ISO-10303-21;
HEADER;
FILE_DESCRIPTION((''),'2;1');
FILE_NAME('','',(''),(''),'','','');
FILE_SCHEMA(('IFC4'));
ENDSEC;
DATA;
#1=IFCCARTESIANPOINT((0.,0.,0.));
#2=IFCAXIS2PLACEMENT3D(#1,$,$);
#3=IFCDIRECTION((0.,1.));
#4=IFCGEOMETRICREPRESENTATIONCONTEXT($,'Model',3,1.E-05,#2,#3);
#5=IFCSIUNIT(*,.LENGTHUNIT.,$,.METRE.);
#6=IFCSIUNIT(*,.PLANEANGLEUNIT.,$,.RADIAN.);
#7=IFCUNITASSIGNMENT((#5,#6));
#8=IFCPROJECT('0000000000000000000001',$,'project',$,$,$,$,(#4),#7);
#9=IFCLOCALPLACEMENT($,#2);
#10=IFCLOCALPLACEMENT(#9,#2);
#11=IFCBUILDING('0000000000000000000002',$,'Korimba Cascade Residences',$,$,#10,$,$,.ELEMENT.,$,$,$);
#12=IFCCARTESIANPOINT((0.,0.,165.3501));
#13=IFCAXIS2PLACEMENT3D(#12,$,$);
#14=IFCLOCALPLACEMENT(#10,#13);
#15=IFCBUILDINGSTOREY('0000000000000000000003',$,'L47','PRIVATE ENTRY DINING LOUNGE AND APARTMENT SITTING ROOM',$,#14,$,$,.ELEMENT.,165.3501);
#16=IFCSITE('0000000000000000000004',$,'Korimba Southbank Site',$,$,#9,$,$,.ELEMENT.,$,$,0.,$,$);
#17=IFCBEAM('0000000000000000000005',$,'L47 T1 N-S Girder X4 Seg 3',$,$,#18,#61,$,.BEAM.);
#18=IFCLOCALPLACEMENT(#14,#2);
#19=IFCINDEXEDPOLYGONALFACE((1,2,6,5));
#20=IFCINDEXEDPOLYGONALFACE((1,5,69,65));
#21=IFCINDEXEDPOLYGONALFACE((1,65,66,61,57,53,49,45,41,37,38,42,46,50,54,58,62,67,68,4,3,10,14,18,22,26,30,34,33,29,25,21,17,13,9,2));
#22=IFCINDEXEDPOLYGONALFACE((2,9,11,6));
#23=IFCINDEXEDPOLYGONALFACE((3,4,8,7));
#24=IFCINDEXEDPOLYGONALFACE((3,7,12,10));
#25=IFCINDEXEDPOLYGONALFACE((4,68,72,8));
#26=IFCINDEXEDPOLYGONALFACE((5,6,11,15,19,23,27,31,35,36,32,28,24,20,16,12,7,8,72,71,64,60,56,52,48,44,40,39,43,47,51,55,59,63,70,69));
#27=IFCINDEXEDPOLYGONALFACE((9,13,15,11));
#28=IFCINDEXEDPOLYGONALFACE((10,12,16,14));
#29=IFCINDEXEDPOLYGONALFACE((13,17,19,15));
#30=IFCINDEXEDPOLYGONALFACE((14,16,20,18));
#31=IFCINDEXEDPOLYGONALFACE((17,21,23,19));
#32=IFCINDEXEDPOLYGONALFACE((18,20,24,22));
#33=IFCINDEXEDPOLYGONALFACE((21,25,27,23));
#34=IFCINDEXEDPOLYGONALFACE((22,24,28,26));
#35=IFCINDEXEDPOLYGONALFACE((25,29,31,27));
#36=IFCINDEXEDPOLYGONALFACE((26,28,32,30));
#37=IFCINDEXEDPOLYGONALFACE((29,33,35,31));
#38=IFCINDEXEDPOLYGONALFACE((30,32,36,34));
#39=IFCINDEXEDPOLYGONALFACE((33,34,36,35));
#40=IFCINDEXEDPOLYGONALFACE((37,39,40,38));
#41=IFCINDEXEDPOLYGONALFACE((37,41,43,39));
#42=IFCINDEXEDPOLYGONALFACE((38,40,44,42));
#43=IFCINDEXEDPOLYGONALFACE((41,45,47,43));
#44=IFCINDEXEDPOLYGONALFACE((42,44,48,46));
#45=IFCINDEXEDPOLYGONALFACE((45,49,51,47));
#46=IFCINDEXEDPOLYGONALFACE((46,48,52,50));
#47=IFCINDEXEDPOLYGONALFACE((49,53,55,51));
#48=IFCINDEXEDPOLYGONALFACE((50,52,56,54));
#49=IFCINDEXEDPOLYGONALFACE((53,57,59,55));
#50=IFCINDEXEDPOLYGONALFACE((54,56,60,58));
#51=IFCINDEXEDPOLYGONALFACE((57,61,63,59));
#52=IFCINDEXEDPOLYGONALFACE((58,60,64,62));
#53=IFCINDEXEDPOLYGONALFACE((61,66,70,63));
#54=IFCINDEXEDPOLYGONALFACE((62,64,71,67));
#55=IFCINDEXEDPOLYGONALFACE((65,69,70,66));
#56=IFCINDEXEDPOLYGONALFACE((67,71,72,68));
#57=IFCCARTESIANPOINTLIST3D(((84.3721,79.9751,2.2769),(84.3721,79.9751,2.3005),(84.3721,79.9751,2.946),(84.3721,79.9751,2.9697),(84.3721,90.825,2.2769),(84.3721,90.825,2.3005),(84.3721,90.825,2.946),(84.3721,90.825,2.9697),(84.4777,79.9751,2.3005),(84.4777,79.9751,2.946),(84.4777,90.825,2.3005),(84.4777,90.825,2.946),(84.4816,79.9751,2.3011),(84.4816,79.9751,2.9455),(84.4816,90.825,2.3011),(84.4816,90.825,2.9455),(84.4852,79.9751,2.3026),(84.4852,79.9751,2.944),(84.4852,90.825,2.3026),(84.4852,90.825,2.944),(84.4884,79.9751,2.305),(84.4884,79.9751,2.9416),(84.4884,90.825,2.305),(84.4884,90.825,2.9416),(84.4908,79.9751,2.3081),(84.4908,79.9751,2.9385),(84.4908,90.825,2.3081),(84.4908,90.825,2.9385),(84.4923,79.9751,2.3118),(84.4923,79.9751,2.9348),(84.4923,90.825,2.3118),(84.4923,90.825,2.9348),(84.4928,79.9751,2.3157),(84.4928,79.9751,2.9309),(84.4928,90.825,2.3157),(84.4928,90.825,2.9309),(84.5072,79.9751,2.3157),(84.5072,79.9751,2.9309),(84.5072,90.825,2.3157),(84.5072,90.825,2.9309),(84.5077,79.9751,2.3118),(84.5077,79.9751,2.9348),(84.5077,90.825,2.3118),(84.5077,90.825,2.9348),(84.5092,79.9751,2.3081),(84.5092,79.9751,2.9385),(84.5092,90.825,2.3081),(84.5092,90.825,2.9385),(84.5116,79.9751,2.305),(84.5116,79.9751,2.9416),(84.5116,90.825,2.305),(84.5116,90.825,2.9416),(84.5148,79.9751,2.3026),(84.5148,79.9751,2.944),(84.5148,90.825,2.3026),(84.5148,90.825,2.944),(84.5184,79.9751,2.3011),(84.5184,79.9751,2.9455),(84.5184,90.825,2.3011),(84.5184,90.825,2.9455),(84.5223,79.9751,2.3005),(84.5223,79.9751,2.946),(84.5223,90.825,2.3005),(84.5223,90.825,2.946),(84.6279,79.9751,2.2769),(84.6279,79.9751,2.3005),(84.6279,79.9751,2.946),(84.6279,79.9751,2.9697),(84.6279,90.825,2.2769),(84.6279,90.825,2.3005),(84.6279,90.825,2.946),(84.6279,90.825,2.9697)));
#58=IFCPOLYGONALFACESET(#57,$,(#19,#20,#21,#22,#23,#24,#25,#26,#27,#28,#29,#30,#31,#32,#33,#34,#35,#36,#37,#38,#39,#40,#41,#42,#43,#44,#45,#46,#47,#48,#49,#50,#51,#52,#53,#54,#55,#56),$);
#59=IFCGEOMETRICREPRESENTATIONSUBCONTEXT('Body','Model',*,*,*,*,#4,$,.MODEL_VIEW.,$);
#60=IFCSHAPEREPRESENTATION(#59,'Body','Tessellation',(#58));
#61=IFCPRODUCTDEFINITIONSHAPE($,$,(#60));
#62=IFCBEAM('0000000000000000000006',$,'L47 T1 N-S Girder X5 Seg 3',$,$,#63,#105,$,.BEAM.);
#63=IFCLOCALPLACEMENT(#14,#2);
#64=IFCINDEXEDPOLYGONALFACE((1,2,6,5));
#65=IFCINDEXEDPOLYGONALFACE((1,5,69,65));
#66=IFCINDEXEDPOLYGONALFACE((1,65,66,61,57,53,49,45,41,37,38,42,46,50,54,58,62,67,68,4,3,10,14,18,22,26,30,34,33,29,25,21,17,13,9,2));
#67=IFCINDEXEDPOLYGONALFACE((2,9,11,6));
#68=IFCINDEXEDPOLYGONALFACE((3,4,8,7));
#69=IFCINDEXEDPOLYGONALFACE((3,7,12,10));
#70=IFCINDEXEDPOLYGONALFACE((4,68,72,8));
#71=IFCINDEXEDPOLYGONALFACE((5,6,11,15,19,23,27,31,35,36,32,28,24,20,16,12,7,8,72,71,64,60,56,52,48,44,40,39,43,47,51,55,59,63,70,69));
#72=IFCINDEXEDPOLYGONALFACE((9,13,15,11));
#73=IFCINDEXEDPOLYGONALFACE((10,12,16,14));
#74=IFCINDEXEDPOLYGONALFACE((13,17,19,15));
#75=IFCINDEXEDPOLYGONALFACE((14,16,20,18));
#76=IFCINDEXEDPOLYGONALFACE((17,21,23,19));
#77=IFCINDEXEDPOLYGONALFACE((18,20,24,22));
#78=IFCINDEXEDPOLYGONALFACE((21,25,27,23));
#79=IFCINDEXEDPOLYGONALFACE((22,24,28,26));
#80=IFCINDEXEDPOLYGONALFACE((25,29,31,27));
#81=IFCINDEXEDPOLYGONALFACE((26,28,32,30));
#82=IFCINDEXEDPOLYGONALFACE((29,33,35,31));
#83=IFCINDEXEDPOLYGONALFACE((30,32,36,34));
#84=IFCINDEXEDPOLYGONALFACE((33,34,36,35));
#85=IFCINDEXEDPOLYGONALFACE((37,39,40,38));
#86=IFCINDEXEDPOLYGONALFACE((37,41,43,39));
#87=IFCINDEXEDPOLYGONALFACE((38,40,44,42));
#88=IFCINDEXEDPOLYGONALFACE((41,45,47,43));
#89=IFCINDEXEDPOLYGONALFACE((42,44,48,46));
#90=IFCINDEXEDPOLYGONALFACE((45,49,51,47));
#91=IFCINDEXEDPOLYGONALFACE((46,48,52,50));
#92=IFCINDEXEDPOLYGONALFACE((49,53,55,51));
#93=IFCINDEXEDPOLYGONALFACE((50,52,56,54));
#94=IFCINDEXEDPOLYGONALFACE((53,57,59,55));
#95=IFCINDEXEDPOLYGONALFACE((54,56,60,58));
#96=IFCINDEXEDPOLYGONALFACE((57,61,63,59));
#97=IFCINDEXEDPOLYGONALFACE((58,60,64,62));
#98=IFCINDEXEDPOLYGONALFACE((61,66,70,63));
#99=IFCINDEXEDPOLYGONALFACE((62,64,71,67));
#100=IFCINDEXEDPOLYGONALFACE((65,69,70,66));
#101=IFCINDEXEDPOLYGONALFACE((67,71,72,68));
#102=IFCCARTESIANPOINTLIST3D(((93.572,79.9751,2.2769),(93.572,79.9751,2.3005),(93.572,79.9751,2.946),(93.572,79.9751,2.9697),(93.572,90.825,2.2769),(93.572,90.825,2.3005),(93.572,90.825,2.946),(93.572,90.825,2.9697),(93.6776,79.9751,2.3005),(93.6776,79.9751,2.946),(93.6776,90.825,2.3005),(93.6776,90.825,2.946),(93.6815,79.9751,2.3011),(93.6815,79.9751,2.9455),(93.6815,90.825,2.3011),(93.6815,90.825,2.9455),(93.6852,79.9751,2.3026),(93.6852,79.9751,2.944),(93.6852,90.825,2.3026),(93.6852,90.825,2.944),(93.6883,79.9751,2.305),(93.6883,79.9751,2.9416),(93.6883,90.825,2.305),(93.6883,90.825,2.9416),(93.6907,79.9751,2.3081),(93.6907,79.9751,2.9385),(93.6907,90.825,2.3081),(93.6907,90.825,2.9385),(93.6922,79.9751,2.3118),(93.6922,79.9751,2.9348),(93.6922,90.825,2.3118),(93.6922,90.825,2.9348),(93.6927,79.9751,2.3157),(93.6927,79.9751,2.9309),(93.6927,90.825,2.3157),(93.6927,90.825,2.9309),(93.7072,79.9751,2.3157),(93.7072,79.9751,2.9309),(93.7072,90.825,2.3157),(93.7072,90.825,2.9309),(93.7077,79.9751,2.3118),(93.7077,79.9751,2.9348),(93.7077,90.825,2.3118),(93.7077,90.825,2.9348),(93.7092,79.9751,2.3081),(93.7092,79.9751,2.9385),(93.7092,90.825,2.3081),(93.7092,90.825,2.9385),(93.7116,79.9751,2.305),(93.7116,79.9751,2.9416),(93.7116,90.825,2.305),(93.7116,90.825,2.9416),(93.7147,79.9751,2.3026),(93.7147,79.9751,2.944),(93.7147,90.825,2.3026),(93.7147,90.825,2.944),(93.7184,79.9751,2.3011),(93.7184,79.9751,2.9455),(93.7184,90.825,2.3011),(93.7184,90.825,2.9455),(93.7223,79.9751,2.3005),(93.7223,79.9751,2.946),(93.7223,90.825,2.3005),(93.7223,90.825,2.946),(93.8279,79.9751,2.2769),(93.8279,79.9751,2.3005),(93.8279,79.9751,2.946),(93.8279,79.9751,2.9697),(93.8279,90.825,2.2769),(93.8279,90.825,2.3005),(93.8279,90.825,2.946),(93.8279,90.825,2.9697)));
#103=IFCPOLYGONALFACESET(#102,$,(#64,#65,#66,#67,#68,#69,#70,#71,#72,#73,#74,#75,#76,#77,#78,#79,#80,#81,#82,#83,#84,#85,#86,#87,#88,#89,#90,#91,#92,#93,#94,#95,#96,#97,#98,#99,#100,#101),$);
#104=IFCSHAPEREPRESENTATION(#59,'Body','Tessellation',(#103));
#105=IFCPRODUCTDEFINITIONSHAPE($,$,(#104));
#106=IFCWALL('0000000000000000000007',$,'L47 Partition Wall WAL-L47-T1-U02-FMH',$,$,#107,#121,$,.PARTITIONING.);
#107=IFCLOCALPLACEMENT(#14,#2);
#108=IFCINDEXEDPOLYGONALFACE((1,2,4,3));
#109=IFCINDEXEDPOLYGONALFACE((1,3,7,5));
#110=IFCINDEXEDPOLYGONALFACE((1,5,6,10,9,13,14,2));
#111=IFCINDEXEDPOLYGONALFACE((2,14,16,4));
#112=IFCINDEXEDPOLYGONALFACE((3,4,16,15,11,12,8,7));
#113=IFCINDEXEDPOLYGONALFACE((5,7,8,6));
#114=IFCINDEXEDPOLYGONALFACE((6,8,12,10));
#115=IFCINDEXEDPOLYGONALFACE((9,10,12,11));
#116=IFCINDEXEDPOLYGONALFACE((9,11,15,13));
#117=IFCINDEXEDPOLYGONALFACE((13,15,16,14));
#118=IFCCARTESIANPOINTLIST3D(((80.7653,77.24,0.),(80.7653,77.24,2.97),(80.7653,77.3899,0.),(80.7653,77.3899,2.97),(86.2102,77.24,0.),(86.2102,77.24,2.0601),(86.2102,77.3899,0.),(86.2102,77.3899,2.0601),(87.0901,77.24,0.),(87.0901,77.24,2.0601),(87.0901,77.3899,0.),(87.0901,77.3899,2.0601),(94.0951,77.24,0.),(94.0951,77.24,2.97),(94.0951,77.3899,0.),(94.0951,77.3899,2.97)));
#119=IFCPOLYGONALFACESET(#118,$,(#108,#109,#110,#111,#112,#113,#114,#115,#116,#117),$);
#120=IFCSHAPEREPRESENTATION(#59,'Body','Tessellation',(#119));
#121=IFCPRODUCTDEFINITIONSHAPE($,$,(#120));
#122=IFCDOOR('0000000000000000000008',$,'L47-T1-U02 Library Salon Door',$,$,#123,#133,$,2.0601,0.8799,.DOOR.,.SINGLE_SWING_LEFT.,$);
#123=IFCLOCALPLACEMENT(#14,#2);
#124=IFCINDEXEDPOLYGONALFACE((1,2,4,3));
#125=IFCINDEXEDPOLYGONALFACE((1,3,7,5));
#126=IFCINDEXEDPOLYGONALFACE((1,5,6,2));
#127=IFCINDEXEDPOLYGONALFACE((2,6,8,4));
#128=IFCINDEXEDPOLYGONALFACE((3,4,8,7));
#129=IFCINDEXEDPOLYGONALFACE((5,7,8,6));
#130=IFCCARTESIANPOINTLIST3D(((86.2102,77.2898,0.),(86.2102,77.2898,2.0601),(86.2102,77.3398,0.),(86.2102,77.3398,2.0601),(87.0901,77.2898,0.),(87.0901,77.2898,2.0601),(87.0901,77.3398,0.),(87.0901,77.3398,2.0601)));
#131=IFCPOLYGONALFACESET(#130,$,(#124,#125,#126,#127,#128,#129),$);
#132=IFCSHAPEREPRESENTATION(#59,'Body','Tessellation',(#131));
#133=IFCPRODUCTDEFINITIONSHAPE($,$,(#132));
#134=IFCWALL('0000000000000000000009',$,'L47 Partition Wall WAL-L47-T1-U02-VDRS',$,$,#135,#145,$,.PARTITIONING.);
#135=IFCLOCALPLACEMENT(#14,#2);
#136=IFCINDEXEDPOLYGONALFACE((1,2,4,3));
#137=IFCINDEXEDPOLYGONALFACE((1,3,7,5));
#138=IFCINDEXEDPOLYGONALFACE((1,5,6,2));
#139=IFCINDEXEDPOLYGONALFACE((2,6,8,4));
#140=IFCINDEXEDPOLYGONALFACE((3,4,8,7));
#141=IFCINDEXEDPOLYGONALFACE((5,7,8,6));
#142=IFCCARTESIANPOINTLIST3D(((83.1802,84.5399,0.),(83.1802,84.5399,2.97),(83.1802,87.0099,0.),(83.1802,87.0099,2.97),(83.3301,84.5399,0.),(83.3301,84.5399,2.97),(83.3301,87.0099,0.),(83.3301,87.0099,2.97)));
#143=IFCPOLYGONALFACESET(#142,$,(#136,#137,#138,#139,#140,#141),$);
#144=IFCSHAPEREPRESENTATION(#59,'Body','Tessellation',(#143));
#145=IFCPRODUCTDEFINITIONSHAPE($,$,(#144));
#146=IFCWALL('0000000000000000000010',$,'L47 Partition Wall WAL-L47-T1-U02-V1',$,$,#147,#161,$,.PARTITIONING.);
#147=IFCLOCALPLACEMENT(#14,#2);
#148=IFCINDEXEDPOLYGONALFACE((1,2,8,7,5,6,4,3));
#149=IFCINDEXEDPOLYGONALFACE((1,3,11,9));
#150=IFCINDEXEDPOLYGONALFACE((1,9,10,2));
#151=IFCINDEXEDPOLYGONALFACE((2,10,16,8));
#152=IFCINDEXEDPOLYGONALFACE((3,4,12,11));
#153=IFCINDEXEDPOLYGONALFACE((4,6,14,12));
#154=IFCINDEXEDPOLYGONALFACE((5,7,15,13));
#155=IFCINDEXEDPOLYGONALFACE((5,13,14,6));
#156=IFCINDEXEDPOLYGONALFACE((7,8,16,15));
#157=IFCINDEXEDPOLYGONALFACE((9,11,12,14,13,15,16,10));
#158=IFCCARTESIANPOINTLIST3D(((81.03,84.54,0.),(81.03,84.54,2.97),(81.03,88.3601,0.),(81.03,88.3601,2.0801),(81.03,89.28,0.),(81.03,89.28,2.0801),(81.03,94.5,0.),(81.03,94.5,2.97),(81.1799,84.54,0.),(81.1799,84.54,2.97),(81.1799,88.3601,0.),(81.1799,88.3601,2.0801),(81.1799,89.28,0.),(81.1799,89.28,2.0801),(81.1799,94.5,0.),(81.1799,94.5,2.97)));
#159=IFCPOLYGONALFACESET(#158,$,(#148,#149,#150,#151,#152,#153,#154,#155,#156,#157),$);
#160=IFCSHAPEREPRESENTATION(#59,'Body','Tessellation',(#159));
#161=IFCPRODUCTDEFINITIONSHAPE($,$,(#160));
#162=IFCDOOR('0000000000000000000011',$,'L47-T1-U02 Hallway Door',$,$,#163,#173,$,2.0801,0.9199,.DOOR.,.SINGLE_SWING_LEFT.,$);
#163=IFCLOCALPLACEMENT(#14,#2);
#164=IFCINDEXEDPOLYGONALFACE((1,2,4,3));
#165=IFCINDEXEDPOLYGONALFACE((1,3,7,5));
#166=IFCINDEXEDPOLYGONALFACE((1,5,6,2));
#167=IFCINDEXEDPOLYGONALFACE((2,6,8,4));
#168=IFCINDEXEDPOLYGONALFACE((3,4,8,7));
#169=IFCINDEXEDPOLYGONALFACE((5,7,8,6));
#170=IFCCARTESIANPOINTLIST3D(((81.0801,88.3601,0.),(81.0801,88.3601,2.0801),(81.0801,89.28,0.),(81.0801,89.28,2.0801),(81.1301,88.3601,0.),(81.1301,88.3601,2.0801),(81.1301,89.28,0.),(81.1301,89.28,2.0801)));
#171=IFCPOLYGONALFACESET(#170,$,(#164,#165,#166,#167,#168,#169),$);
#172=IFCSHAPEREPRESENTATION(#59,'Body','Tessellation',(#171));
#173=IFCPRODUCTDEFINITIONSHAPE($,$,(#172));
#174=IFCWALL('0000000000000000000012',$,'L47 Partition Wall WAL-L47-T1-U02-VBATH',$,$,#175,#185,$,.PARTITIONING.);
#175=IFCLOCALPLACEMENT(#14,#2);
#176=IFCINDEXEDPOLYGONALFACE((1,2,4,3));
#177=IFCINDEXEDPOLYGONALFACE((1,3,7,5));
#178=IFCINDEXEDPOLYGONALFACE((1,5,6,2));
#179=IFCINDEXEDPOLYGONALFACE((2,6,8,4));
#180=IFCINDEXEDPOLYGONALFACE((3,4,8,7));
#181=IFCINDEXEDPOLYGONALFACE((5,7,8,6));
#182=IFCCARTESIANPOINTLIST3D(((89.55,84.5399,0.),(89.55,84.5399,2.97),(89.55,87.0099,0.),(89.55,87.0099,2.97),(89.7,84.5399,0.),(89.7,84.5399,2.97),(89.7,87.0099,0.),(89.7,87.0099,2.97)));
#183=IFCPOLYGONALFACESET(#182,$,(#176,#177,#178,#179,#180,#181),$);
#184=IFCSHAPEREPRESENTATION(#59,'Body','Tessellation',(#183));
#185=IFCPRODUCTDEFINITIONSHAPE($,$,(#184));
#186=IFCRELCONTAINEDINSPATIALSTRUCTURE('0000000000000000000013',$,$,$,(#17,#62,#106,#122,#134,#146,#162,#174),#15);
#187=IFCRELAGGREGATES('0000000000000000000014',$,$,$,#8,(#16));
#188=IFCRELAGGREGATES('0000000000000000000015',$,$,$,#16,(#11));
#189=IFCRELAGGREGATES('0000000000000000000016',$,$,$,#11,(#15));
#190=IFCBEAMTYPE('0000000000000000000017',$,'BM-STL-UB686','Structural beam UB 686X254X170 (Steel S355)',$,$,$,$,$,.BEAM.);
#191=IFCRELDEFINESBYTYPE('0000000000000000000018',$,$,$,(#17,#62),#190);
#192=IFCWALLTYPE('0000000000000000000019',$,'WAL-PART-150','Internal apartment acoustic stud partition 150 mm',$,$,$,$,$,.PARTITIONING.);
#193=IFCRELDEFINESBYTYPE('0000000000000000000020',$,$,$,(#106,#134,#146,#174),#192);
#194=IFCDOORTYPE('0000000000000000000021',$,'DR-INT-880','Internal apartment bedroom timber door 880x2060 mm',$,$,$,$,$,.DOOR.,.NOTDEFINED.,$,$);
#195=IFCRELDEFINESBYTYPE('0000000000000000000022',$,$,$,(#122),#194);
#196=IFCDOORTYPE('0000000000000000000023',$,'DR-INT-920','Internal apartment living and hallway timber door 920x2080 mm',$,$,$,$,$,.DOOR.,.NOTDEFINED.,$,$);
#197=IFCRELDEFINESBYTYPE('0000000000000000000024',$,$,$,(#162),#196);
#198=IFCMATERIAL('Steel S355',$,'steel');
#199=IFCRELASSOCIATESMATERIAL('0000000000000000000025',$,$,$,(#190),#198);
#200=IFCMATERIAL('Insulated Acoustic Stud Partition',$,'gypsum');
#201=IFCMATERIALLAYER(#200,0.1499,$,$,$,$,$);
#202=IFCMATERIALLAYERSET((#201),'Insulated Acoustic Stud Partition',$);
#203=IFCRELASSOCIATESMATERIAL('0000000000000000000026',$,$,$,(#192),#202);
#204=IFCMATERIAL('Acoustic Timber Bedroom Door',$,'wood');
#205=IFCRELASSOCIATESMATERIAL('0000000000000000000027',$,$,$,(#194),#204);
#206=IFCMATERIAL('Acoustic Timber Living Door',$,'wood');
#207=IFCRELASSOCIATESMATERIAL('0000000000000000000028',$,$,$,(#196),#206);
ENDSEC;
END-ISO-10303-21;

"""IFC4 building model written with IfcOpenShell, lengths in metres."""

from ifc_helpers import new_model, si_unit, direction, frame, frame_2d, origin, origin_2d, place, context, subcontext, project, spatial, rectangle, i_section, extrude, material, layer, layer_set, material_profile, profile_set, type_object, element, fill, save


model = new_model("IFC4")

# Units and contexts
model_context = context("Model", 3, precision=1e-05, world=origin(), true_north=direction((0.0, 1.0)))
body_context = subcontext(model_context, "Body", "Model", "MODEL_VIEW")
ifc_project = project(units=[si_unit("LENGTHUNIT", "METRE"), si_unit("PLANEANGLEUNIT", "RADIAN")], contexts=[model_context])

# Site, building, storey
site_placement = place(None, origin())
site = spatial("IfcSite", under=ifc_project, at=site_placement, Name="Korimba Southbank Site", CompositionType="ELEMENT", RefElevation=0.0)
building_placement = place(site_placement, origin())
building = spatial("IfcBuilding", under=site, at=building_placement, Name="Korimba Cascade Residences", CompositionType="ELEMENT")
storey_placement = place(building_placement, frame((0.0, 0.0, 165.3501)))
storey = spatial("IfcBuildingStorey", under=building, at=storey_placement, Name="L47", Description="PRIVATE ENTRY DINING LOUNGE AND APARTMENT SITTING ROOM", CompositionType="ELEMENT", Elevation=165.3501)

# Beams
ifc_material_1 = material(Name="Steel S355", Category="steel")
ifc_material_profile_1 = material_profile(ifc_material_1, i_section(OverallWidth=0.2559, OverallDepth=0.6929, WebThickness=0.0144, FlangeThickness=0.0237, FilletRadius=0.0151, at=origin_2d()), Name="Steel S355")
ifc_profile_set_1 = profile_set([ifc_material_profile_1], Name="Steel S355")
beam_type_1 = type_object("IfcBeamType", Name="BM-STL-UB686", Description="Structural beam UB 686X254X170 (Steel S355)", PredefinedType="BEAM", material=ifc_profile_set_1)
for number, where, z_axis, x_axis, name in (
    (1, (84.5, 79.9751, 2.6233), (0.0, 1.0, 0.0), (-1.0, 0.0, 0.0), "L47 T1 N-S Girder X4 Seg 3"),
    (2, (93.7, 79.9751, 2.6233), (0.0, 1.0, 0.0), (-1.0, 0.0, 0.0), "L47 T1 N-S Girder X5 Seg 3"),
):
    element("IfcBeam", number, at=place(storey_placement, frame(where, z_axis=z_axis, x_axis=x_axis)), inside=storey, type_object=beam_type_1, Name=name, PredefinedType="BEAM", context=body_context, shape_type="SweptSolid", body=[
        extrude(i_section(OverallWidth=0.2559, OverallDepth=0.6929, WebThickness=0.0144, FlangeThickness=0.0237, FilletRadius=0.0151, at=origin_2d()), origin(), (0.0, 0.0, 1.0), 10.8499),
    ])

# Wall, opening, door
ifc_material_2 = material(Name="Insulated Acoustic Stud Partition", Category="gypsum")
ifc_layer = layer(ifc_material_2, 0.1499)
ifc_layer_set = layer_set([ifc_layer], Name="Insulated Acoustic Stud Partition")
wall_type = type_object("IfcWallType", Name="WAL-PART-150", Description="Internal apartment acoustic stud partition 150 mm", PredefinedType="PARTITIONING", material=ifc_layer_set)
wall_1_placement = place(storey_placement, frame((80.7651, 77.3149, 0.0), z_axis=(0.0, 0.0, 1.0), x_axis=(1.0, 0.0, 0.0)))
wall_1 = element("IfcWall", 3, at=wall_1_placement, inside=storey, type_object=wall_type, Name="L47 Partition Wall WAL-L47-T1-U02-FMH", PredefinedType="PARTITIONING", context=body_context, shape_type="SweptSolid", body=[
    extrude(rectangle(XDim=13.3298, YDim=0.1499, at=frame_2d((6.665, 0.0))), origin(), (0.0, 0.0, 1.0), 2.97),
])
opening_1_placement = place(wall_1_placement, frame((5.4451, 0.0, 0.0)))
opening_1 = element("IfcOpeningElement", 4, at=opening_1_placement, cuts=wall_1, PredefinedType="OPENING", context=body_context, shape_type="SweptSolid", body=[
    extrude(rectangle(XDim=0.8799, YDim=2.0601, at=frame_2d((0.4399, 1.03))), frame((0.0, 0.085, 0.0), z_axis=(0.0, -1.0, 0.0), x_axis=(1.0, 0.0, 0.0)), (0.0, 0.0, 1.0), 0.1699),
])
ifc_material_3 = material(Name="Acoustic Timber Bedroom Door", Category="wood")
door_type_1 = type_object("IfcDoorType", Name="DR-INT-880", Description="Internal apartment bedroom timber door 880x2060 mm", OperationType="NOTDEFINED", PredefinedType="DOOR", material=ifc_material_3)
door_1_placement = place(opening_1_placement, origin())
door_1 = element("IfcDoor", 5, at=door_1_placement, inside=storey, type_object=door_type_1, Name="L47-T1-U02 Library Salon Door", OperationType="SINGLE_SWING_LEFT", OverallHeight=2.0601, OverallWidth=0.8799, PredefinedType="DOOR", context=body_context, shape_type="SweptSolid", body=[
    extrude(rectangle(XDim=0.8799, YDim=2.0601, at=frame_2d((0.4399, 1.03))), frame((0.0, 0.0249, 0.0), z_axis=(0.0, -1.0, 0.0), x_axis=(1.0, 0.0, 0.0)), (0.0, 0.0, 1.0), 0.05),
])
fill(opening_1, door_1)

# Wall
wall_2_placement = place(storey_placement, frame((83.2551, 84.54, 0.0), z_axis=(0.0, 0.0, 1.0), x_axis=(0.0, 1.0, 0.0)))
element("IfcWall", 6, at=wall_2_placement, inside=storey, type_object=wall_type, Name="L47 Partition Wall WAL-L47-T1-U02-VDRS", PredefinedType="PARTITIONING", context=body_context, shape_type="SweptSolid", body=[
    extrude(rectangle(XDim=2.47, YDim=0.1499, at=frame_2d((1.2349, 0.0))), origin(), (0.0, 0.0, 1.0), 2.97),
])

# Wall, opening, door
wall_3_placement = place(storey_placement, frame((81.105, 84.54, 0.0), z_axis=(0.0, 0.0, 1.0), x_axis=(0.0, 1.0, 0.0)))
wall_3 = element("IfcWall", 7, at=wall_3_placement, inside=storey, type_object=wall_type, Name="L47 Partition Wall WAL-L47-T1-U02-V1", PredefinedType="PARTITIONING", context=body_context, shape_type="SweptSolid", body=[
    extrude(rectangle(XDim=9.96, YDim=0.1499, at=frame_2d((4.98, 0.0))), origin(), (0.0, 0.0, 1.0), 2.97),
])
opening_2_placement = place(wall_3_placement, frame((3.8201, 0.0, 0.0)))
opening_2 = element("IfcOpeningElement", 8, at=opening_2_placement, cuts=wall_3, PredefinedType="OPENING", context=body_context, shape_type="SweptSolid", body=[
    extrude(rectangle(XDim=0.9199, YDim=2.0801, at=frame_2d((0.46, 1.04))), frame((0.0, 0.085, 0.0), z_axis=(0.0, -1.0, 0.0), x_axis=(1.0, 0.0, 0.0)), (0.0, 0.0, 1.0), 0.1699),
])
ifc_material_4 = material(Name="Acoustic Timber Living Door", Category="wood")
door_type_2 = type_object("IfcDoorType", Name="DR-INT-920", Description="Internal apartment living and hallway timber door 920x2080 mm", OperationType="NOTDEFINED", PredefinedType="DOOR", material=ifc_material_4)
door_2_placement = place(opening_2_placement, origin())
door_2 = element("IfcDoor", 9, at=door_2_placement, inside=storey, type_object=door_type_2, Name="L47-T1-U02 Hallway Door", OperationType="SINGLE_SWING_LEFT", OverallHeight=2.0801, OverallWidth=0.9199, PredefinedType="DOOR", context=body_context, shape_type="SweptSolid", body=[
    extrude(rectangle(XDim=0.9199, YDim=2.0801, at=frame_2d((0.46, 1.04))), frame((0.0, 0.0249, 0.0), z_axis=(0.0, -1.0, 0.0), x_axis=(1.0, 0.0, 0.0)), (0.0, 0.0, 1.0), 0.05),
])
fill(opening_2, door_2)

# Wall
wall_4_placement = place(storey_placement, frame((89.625, 84.54, 0.0), z_axis=(0.0, 0.0, 1.0), x_axis=(0.0, 1.0, 0.0)))
element("IfcWall", 10, at=wall_4_placement, inside=storey, type_object=wall_type, Name="L47 Partition Wall WAL-L47-T1-U02-VBATH", PredefinedType="PARTITIONING", context=body_context, shape_type="SweptSolid", body=[
    extrude(rectangle(XDim=2.47, YDim=0.1499, at=frame_2d((1.2349, 0.0))), origin(), (0.0, 0.0, 1.0), 2.97),
])

save(model, "model.ifc")
